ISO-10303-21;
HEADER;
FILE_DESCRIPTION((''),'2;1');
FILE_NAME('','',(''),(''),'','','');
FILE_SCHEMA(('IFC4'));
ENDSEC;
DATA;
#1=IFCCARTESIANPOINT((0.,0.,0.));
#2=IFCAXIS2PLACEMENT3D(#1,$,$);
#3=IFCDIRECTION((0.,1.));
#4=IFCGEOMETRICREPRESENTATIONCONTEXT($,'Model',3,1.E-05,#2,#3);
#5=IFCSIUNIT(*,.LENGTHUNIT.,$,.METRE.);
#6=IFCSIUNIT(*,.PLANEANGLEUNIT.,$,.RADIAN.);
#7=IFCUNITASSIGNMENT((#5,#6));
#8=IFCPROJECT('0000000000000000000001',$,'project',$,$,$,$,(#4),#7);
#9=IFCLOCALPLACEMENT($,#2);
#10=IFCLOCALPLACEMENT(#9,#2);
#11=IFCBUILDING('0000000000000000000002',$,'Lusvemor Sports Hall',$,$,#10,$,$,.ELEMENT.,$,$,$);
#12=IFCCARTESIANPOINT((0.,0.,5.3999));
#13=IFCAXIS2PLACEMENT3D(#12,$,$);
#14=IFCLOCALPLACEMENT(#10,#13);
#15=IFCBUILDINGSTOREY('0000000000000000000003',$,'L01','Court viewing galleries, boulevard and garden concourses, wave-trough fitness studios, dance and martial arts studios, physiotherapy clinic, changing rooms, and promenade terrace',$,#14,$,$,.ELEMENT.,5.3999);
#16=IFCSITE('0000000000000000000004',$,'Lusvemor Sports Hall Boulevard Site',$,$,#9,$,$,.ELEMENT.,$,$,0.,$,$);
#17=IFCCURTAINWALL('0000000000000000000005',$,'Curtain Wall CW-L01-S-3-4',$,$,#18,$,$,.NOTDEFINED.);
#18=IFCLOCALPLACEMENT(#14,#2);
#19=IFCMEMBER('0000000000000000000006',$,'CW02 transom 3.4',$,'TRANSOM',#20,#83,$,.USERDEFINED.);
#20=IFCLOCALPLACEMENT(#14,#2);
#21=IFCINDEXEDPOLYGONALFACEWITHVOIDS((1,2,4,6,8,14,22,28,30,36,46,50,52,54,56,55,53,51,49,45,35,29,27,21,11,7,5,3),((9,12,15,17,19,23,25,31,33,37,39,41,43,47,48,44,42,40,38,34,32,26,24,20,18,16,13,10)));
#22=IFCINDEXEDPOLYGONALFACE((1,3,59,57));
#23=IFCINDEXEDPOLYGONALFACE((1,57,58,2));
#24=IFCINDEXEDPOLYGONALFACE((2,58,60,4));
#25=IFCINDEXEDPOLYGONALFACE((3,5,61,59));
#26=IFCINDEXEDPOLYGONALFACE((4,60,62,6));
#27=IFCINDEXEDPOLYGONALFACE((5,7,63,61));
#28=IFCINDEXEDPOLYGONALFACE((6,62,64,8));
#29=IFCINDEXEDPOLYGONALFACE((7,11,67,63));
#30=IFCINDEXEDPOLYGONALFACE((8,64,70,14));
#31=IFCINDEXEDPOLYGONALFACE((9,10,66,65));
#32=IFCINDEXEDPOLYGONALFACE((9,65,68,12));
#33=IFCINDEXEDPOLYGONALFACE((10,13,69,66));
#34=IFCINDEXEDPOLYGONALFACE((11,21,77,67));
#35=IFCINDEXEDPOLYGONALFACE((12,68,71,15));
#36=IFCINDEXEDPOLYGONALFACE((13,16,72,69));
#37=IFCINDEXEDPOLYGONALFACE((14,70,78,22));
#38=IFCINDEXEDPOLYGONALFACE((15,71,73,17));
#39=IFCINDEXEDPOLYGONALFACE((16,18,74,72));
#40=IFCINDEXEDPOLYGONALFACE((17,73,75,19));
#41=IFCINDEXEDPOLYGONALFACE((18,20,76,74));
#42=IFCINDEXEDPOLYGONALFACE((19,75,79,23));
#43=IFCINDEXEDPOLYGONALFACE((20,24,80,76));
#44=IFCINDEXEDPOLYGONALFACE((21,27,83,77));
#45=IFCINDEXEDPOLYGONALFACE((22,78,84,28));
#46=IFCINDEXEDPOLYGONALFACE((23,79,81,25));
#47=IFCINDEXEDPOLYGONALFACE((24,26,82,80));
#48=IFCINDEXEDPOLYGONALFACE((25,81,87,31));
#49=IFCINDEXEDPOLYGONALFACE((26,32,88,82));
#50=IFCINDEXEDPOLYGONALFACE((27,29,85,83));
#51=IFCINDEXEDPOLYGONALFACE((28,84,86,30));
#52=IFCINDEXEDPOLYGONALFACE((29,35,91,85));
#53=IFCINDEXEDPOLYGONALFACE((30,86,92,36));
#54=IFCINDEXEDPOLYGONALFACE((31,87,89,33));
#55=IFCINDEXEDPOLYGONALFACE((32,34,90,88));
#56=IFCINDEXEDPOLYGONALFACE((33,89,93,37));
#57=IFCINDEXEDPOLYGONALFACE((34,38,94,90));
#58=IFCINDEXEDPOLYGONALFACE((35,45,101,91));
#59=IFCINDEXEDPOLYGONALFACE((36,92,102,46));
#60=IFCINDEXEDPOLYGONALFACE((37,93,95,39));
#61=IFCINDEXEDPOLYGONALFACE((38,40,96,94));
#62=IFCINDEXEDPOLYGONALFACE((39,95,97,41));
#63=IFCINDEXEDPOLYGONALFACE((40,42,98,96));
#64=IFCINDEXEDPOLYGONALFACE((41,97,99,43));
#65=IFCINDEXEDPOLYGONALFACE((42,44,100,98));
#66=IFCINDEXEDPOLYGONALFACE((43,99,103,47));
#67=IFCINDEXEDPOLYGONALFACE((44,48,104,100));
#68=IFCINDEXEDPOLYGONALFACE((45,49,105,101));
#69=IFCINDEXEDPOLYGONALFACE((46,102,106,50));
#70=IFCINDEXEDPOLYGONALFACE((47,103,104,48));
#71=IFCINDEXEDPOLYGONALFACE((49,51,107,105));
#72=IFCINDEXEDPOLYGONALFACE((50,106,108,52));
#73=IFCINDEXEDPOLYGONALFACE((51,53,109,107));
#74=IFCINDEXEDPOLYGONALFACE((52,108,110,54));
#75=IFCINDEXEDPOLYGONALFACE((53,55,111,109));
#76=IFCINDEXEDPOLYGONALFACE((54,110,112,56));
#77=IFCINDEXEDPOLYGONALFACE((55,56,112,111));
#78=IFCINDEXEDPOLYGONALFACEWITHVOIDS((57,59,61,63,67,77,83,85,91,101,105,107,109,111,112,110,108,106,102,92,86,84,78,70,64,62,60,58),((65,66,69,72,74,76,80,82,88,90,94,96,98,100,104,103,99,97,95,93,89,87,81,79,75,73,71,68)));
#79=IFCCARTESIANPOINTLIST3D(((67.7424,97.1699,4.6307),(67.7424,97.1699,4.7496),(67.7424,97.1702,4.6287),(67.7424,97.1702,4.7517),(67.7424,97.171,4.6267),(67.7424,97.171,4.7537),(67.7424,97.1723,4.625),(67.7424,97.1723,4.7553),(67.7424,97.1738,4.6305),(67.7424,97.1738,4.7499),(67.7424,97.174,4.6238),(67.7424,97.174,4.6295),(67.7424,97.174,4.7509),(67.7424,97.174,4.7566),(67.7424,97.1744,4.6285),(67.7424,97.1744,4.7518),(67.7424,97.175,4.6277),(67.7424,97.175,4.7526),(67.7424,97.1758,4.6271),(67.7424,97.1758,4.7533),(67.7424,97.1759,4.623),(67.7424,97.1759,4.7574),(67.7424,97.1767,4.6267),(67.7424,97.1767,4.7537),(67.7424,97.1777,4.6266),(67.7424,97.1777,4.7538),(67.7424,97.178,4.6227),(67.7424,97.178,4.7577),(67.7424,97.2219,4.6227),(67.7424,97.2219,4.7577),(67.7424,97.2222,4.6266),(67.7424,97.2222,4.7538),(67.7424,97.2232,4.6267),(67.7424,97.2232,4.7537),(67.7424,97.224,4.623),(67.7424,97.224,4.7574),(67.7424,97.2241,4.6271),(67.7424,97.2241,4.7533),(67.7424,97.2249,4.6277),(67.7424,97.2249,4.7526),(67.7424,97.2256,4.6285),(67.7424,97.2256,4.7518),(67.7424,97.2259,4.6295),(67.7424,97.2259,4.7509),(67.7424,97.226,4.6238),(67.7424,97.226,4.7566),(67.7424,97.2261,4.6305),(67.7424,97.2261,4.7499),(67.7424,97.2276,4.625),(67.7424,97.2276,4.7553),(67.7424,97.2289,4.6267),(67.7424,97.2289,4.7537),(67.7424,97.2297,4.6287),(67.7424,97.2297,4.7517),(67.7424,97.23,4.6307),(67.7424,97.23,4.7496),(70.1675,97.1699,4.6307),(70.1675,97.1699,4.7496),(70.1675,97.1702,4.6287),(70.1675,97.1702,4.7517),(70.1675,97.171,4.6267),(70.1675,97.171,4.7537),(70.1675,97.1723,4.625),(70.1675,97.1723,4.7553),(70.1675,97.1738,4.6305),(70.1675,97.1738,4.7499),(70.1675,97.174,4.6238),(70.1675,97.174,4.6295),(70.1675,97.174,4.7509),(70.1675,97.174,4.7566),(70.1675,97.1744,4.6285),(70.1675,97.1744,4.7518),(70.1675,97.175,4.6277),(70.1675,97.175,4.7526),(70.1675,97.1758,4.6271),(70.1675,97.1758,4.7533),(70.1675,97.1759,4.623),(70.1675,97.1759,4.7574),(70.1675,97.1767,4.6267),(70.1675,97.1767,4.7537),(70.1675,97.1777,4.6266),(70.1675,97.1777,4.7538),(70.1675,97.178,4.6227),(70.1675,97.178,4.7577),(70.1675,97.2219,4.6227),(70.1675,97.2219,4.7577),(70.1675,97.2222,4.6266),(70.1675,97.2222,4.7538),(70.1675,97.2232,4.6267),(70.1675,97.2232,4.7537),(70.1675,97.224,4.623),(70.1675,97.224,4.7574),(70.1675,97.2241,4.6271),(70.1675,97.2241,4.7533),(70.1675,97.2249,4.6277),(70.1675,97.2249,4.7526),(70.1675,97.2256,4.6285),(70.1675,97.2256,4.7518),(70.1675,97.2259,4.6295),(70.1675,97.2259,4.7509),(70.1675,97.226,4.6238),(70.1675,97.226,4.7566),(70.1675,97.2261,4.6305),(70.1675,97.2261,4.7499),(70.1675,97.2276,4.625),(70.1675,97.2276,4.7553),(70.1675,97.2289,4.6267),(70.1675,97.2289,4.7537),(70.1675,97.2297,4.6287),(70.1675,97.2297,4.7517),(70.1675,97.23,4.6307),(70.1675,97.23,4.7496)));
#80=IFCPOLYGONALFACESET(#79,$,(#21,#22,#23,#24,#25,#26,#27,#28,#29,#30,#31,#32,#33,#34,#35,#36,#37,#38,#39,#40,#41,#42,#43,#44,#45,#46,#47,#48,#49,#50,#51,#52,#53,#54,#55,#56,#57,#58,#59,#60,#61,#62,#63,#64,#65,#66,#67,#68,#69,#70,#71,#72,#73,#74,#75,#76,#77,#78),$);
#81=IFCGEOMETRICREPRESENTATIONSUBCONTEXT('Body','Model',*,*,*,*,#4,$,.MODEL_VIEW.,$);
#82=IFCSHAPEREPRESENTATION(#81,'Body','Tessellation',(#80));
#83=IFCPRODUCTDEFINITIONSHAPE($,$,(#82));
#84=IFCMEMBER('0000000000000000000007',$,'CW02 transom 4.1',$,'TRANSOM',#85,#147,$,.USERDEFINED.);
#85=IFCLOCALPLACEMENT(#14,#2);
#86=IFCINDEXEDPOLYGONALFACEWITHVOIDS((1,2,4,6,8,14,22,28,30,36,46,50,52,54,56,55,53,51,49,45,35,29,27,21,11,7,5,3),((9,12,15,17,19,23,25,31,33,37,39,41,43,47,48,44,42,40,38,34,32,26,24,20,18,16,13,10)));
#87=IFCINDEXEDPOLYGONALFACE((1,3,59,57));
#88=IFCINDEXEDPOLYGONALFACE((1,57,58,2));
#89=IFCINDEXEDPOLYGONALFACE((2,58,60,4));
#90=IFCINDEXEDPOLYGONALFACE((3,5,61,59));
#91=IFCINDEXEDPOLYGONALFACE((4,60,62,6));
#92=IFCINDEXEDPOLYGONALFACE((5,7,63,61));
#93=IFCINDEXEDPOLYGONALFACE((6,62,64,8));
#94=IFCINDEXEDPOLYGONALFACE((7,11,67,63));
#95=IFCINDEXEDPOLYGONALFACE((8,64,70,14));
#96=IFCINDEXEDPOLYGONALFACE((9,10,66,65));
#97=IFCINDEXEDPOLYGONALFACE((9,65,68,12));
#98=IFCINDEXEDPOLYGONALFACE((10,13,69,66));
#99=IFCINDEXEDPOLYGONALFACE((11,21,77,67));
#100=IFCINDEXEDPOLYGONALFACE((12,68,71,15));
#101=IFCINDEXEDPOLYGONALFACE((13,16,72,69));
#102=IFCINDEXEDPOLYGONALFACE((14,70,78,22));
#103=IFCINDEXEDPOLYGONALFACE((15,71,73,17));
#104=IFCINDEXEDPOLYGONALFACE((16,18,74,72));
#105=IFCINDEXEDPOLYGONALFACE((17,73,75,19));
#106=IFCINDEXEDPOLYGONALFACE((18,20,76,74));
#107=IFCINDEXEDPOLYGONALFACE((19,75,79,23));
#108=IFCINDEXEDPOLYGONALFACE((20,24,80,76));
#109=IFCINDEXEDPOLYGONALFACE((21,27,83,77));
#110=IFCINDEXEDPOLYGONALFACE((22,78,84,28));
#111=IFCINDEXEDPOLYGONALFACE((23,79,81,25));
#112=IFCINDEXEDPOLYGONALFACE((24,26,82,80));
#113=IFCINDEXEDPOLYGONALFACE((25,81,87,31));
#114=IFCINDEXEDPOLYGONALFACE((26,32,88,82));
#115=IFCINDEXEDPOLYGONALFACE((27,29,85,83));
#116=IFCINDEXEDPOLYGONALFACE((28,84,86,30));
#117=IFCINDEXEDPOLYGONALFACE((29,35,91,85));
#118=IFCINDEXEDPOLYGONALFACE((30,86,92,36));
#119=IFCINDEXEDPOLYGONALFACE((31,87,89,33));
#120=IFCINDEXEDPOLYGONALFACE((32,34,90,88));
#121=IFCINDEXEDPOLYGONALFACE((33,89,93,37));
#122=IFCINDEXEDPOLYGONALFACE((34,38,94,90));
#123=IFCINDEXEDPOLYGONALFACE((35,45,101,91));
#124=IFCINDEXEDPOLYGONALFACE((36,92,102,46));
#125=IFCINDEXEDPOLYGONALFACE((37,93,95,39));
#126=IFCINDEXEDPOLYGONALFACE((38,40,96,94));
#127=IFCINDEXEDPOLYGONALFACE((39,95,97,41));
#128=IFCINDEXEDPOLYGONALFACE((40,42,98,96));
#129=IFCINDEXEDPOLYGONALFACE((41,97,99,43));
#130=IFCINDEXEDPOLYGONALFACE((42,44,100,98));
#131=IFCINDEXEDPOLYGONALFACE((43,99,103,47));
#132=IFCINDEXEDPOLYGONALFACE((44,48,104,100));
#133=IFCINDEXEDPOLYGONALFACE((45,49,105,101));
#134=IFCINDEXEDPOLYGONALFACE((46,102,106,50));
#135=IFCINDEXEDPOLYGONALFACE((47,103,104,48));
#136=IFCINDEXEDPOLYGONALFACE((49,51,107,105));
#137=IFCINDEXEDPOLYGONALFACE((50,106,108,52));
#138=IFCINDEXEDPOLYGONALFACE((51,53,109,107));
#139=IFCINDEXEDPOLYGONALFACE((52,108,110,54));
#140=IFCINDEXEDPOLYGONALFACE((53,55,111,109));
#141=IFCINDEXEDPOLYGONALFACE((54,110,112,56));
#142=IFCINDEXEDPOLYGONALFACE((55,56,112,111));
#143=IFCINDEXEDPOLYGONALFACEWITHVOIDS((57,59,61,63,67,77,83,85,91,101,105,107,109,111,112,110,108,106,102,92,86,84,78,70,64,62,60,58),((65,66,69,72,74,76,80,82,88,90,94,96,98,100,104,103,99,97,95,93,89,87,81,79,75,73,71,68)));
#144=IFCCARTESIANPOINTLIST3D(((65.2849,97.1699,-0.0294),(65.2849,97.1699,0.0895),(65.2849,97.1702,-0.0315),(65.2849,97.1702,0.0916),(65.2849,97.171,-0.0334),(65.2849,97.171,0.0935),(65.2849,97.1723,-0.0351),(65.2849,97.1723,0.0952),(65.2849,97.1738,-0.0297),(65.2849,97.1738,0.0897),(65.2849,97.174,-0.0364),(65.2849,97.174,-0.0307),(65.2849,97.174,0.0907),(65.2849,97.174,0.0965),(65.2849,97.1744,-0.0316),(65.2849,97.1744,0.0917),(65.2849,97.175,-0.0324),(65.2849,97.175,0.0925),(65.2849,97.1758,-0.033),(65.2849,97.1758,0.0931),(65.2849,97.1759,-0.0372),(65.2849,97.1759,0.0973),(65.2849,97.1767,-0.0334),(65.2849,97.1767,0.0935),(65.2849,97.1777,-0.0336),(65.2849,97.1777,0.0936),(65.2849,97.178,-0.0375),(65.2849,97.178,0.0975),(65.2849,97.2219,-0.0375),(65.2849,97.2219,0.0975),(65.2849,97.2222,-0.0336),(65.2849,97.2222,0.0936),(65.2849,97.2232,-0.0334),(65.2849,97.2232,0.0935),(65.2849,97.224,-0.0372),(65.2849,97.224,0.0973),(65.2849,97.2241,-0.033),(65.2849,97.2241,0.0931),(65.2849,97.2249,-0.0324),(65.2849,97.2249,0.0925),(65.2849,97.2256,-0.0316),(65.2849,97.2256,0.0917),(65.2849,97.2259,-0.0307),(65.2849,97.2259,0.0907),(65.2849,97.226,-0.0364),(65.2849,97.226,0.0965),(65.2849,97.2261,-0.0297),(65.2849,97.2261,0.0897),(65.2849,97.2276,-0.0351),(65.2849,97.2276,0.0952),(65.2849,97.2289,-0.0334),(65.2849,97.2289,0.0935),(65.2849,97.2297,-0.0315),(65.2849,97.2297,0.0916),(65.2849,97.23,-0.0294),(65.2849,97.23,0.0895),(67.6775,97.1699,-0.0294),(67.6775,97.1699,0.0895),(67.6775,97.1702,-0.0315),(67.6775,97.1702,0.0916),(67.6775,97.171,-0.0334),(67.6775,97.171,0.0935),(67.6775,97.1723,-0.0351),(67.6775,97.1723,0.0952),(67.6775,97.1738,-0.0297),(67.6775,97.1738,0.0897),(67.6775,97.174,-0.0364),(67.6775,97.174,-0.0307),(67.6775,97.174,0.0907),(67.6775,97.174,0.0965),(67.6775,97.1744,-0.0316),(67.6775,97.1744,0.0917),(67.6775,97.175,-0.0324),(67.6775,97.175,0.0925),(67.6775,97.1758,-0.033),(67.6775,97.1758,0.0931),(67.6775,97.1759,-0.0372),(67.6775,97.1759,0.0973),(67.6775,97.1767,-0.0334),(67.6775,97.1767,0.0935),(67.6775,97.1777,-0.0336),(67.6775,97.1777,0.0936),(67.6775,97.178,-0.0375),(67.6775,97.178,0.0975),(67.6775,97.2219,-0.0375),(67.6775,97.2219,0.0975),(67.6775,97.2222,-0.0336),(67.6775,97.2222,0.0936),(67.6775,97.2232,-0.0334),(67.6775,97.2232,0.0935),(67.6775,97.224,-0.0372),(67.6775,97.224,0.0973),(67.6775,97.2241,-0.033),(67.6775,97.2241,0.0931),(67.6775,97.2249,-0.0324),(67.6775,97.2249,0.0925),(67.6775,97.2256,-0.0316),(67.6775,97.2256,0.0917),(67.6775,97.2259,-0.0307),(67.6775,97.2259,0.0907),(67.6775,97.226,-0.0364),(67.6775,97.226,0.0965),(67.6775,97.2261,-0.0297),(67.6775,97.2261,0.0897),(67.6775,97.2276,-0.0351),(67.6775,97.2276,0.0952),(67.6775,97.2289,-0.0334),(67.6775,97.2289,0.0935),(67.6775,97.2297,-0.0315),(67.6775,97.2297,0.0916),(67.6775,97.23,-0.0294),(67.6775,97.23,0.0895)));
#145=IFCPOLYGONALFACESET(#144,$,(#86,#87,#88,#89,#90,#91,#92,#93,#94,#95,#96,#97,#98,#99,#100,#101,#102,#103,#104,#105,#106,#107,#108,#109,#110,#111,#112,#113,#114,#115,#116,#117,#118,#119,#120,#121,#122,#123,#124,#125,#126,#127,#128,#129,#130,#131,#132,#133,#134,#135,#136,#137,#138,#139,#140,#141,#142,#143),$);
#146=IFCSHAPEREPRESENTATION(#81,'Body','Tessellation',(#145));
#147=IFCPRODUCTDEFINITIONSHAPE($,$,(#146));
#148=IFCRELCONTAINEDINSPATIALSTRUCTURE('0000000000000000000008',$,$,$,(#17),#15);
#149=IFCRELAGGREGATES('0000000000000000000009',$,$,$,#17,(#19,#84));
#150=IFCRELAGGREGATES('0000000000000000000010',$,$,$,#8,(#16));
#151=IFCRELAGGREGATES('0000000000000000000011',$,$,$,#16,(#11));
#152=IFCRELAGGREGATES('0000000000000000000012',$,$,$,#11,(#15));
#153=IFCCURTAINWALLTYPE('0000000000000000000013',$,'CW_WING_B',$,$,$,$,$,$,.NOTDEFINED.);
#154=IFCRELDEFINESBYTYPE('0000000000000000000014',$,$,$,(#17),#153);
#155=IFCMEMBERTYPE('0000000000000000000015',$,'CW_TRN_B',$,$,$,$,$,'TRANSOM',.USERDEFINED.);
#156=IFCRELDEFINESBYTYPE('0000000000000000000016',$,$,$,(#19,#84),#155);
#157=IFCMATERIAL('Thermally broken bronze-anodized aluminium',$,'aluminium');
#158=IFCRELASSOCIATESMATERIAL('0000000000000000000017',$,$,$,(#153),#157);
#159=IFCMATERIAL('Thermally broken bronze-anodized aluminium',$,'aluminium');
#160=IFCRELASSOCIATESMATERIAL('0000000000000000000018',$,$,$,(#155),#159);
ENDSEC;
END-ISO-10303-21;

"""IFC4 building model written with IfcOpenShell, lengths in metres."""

from ifc_helpers import new_model, si_unit, direction, frame, origin, origin_2d, place, context, subcontext, project, spatial, hollow_rectangle, extrude, material, material_profile, profile_set, type_object, element, aggregate, save


model = new_model("IFC4")

# Units and contexts
model_context = context("Model", 3, precision=1e-05, world=origin(), true_north=direction((0.0, 1.0)))
body_context = subcontext(model_context, "Body", "Model", "MODEL_VIEW")
ifc_project = project(units=[si_unit("LENGTHUNIT", "METRE"), si_unit("PLANEANGLEUNIT", "RADIAN")], contexts=[model_context])

# Site, building, storey
site_placement = place(None, origin())
site = spatial("IfcSite", under=ifc_project, at=site_placement, Name="Lusvemor Sports Hall Boulevard Site", CompositionType="ELEMENT", RefElevation=0.0)
building_placement = place(site_placement, origin())
building = spatial("IfcBuilding", under=site, at=building_placement, Name="Lusvemor Sports Hall", CompositionType="ELEMENT")
storey_placement = place(building_placement, frame((0.0, 0.0, 5.3999)))
storey = spatial("IfcBuildingStorey", under=building, at=storey_placement, Name="L01", Description="Court viewing galleries, boulevard and garden concourses, wave-trough fitness studios, dance and martial arts studios, physiotherapy clinic, changing rooms, and promenade terrace", CompositionType="ELEMENT", Elevation=5.3999)

# Shared definitions
ifc_material_1 = material(Name="Thermally broken bronze-anodized aluminium", Category="aluminium")
curtain_wall_type = type_object("IfcCurtainWallType", Name="CW_WING_B", PredefinedType="NOTDEFINED", material=ifc_material_1)

# Curtain wall
curtain_wall_1_placement = place(storey_placement, origin())
curtain_wall_1 = element("IfcCurtainWall", 1, at=curtain_wall_1_placement, inside=storey, type_object=curtain_wall_type, Name="Curtain Wall CW-L01-S-3-4", PredefinedType="NOTDEFINED")

# Members
ifc_material_2 = material(Name="Thermally broken bronze-anodized aluminium", Category="aluminium")
ifc_material_profile_1 = material_profile(ifc_material_2, hollow_rectangle(XDim=0.0601, YDim=0.135, WallThickness=0.0039, InnerFilletRadius=0.0039, OuterFilletRadius=0.0081, at=origin_2d()), Name="CWTRN135x60x4")
ifc_profile_set_1 = profile_set([ifc_material_profile_1], Name="Thermally broken bronze-anodized aluminium")
member_type_1 = type_object("IfcMemberType", Name="CW_TRN_B", ElementType="TRANSOM", PredefinedType="USERDEFINED", material=ifc_profile_set_1)
member_1_placement = place(storey_placement, frame((70.1675, 97.2, 4.6902), z_axis=(-1.0, 0.0, 0.0), x_axis=(0.0, -1.0, 0.0)))
member_1 = element("IfcMember", 2, at=member_1_placement, type_object=member_type_1, Name="CW02 transom 3.4", ObjectType="TRANSOM", PredefinedType="USERDEFINED", context=body_context, shape_type="SweptSolid", body=[
    extrude(hollow_rectangle(XDim=0.0601, YDim=0.135, WallThickness=0.0039, InnerFilletRadius=0.0039, OuterFilletRadius=0.0081, at=origin_2d()), origin(), (0.0, 0.0, 1.0), 2.425),
])
member_2_placement = place(storey_placement, frame((67.6775, 97.2, 0.03), z_axis=(-1.0, 0.0, 0.0), x_axis=(0.0, -1.0, 0.0)))
member_2 = element("IfcMember", 3, at=member_2_placement, type_object=member_type_1, Name="CW02 transom 4.1", ObjectType="TRANSOM", PredefinedType="USERDEFINED", context=body_context, shape_type="SweptSolid", body=[
    extrude(hollow_rectangle(XDim=0.0601, YDim=0.135, WallThickness=0.0039, InnerFilletRadius=0.0039, OuterFilletRadius=0.0081, at=origin_2d()), origin(), (0.0, 0.0, 1.0), 2.3926),
])

aggregate(curtain_wall_1, [member_1, member_2])

save(model, "model.ifc")
